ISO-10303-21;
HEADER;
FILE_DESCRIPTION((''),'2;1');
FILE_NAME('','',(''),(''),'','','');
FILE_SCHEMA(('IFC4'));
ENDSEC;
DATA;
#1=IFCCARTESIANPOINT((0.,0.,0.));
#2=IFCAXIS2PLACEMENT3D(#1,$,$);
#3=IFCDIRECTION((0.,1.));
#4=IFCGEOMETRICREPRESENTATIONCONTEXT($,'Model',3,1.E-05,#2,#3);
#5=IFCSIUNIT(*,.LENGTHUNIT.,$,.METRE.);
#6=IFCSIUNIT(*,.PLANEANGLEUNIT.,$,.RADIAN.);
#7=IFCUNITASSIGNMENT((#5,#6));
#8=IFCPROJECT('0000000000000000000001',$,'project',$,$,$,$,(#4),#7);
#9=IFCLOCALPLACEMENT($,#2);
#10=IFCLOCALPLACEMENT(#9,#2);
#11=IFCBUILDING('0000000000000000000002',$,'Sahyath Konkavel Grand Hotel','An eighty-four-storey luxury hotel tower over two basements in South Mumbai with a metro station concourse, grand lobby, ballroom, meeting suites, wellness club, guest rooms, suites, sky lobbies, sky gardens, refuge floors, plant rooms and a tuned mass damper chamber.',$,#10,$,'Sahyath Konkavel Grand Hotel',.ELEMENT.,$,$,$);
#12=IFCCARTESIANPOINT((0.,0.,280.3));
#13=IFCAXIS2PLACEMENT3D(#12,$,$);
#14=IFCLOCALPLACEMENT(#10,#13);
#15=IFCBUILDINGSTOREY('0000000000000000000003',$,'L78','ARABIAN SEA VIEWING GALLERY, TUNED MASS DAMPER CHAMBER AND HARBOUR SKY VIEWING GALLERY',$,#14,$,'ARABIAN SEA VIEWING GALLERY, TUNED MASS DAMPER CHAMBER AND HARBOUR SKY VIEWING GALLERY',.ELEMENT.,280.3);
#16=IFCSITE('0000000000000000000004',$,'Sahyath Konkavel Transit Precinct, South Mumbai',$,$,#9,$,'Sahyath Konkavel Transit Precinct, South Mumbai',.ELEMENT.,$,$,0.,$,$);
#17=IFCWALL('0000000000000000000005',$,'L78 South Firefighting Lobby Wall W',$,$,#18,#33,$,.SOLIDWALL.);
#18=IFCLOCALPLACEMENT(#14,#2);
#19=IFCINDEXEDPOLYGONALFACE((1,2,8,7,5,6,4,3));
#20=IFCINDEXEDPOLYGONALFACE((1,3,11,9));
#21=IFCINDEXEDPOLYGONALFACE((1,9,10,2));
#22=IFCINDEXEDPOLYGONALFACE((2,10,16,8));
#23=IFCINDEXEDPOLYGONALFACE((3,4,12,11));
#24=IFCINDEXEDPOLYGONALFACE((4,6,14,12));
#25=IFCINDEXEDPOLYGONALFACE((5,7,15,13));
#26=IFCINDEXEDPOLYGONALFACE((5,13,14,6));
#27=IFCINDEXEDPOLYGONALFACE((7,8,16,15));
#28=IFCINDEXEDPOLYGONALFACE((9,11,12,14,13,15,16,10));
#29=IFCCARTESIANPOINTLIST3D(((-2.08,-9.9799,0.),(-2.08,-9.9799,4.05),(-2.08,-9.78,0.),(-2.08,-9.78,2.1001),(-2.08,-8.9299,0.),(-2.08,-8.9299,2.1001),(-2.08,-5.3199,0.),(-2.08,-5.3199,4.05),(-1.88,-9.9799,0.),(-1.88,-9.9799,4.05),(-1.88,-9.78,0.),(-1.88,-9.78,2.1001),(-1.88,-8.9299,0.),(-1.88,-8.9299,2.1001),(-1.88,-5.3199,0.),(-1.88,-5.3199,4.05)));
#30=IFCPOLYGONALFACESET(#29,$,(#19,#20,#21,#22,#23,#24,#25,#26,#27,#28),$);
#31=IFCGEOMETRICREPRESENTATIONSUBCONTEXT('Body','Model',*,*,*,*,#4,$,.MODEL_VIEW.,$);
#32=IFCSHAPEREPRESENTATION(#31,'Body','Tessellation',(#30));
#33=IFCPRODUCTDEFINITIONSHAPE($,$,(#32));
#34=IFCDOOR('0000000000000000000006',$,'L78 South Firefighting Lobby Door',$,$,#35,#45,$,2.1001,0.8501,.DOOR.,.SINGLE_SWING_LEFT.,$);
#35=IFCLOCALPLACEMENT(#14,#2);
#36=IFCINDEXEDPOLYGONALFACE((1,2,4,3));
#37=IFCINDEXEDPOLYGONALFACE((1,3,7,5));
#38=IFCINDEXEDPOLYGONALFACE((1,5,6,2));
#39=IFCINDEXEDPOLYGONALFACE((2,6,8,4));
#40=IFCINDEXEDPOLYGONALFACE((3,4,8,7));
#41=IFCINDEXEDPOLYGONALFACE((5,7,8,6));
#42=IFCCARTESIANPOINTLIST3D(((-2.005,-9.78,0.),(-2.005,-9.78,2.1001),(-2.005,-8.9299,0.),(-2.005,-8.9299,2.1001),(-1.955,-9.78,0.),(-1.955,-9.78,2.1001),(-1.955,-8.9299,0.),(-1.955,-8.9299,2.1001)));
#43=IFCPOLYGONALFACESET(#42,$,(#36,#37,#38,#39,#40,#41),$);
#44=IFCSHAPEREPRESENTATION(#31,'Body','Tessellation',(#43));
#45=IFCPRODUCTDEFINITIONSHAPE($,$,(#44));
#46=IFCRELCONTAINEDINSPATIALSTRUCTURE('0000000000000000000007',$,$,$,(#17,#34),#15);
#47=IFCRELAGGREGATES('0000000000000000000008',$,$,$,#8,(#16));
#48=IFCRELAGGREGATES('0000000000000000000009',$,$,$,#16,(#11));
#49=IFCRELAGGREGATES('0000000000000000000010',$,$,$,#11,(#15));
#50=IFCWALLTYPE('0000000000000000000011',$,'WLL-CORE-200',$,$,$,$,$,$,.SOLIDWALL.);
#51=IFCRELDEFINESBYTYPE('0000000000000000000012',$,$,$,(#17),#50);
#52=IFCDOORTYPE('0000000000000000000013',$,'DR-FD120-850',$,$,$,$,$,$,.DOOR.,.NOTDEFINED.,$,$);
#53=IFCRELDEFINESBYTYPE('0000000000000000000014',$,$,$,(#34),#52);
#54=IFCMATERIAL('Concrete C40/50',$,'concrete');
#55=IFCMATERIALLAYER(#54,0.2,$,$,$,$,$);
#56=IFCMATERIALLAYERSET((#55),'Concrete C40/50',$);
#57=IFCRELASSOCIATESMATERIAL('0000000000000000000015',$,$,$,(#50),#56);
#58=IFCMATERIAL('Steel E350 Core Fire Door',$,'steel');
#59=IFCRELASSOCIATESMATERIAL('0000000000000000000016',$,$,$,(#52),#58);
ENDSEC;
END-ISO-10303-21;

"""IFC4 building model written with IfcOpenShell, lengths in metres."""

from ifc_helpers import new_model, si_unit, direction, frame, frame_2d, origin, origin_2d, place, context, subcontext, project, spatial, rectangle, extrude, source, transform, mapped, material, layer, layer_set, type_object, element, fill, save


model = new_model("IFC4")

# Units and contexts
model_context = context("Model", 3, precision=1e-05, world=origin(), true_north=direction((0.0, 1.0)))
body_context = subcontext(model_context, "Body", "Model", "MODEL_VIEW")
ifc_project = project(units=[si_unit("LENGTHUNIT", "METRE"), si_unit("PLANEANGLEUNIT", "RADIAN")], contexts=[model_context])

# Site, building, storey
site_placement = place(None, origin())
site = spatial("IfcSite", under=ifc_project, at=site_placement, Name="Sahyath Konkavel Transit Precinct, South Mumbai", LongName="Sahyath Konkavel Transit Precinct, South Mumbai", CompositionType="ELEMENT", RefElevation=0.0)
building_placement = place(site_placement, origin())
building = spatial("IfcBuilding", under=site, at=building_placement, Name="Sahyath Konkavel Grand Hotel", Description="An eighty-four-storey luxury hotel tower over two basements in South Mumbai with a metro station concourse, grand lobby, ballroom, meeting suites, wellness club, guest rooms, suites, sky lobbies, sky gardens, refuge floors, plant rooms and a tuned mass damper chamber.", LongName="Sahyath Konkavel Grand Hotel", CompositionType="ELEMENT")
storey_placement = place(building_placement, frame((0.0, 0.0, 280.3)))
storey = spatial("IfcBuildingStorey", under=building, at=storey_placement, Name="L78", Description="ARABIAN SEA VIEWING GALLERY, TUNED MASS DAMPER CHAMBER AND HARBOUR SKY VIEWING GALLERY", LongName="ARABIAN SEA VIEWING GALLERY, TUNED MASS DAMPER CHAMBER AND HARBOUR SKY VIEWING GALLERY", CompositionType="ELEMENT", Elevation=280.3)

# Shared definitions
ifc_material_1 = material(Name="Concrete C40/50", Category="concrete")

# Wall, opening, door
ifc_layer_1 = layer(ifc_material_1, 0.2)
ifc_layer_set_1 = layer_set([ifc_layer_1], Name="Concrete C40/50")
wall_type_1 = type_object("IfcWallType", Name="WLL-CORE-200", PredefinedType="SOLIDWALL", material=ifc_layer_set_1)
wall_1_placement = place(storey_placement, frame((-1.98, -9.98, 0.0), z_axis=(0.0, 0.0, 1.0), x_axis=(0.0, 1.0, 0.0)))
wall_1 = element("IfcWall", 1, at=wall_1_placement, inside=storey, type_object=wall_type_1, Name="L78 South Firefighting Lobby Wall W", PredefinedType="SOLIDWALL", context=body_context, shape_type="SweptSolid", body=[
    extrude(rectangle(XDim=4.6599, YDim=0.2, at=frame_2d((2.3301, 0.0))), origin(), (0.0, 0.0, 1.0), 4.05),
])
opening_1_placement = place(wall_1_placement, frame((0.2, 0.0, 0.0)))
opening_1 = element("IfcOpeningElement", 2, at=opening_1_placement, cuts=wall_1, PredefinedType="OPENING", context=body_context, shape_type="SweptSolid", body=[
    extrude(rectangle(XDim=0.8501, YDim=2.1001, at=frame_2d((0.425, 1.05))), frame((0.0, 0.1099, 0.0), z_axis=(0.0, -1.0, 0.0), x_axis=(1.0, 0.0, 0.0)), (0.0, 0.0, 1.0), 0.22),
])
ifc_material_2 = material(Name="Steel E350 Core Fire Door", Category="steel")
door_type_1 = type_object("IfcDoorType", Name="DR-FD120-850", OperationType="NOTDEFINED", PredefinedType="DOOR", material=ifc_material_2)
shared_shape_1 = source(origin(), body_context, "Body", "SweptSolid", [
    extrude(rectangle(XDim=0.8501, YDim=0.05, at=origin_2d()), origin(), (0.0, 0.0, 1.0), 2.1001),
])
door_1_placement = place(opening_1_placement, frame((0.425, 0.0, 0.0)))
door_1 = element("IfcDoor", 3, at=door_1_placement, inside=storey, type_object=door_type_1, Name="L78 South Firefighting Lobby Door", OperationType="SINGLE_SWING_LEFT", OverallHeight=2.1001, OverallWidth=0.8501, PredefinedType="DOOR", context=body_context, shape_type="MappedRepresentation", body=[
    mapped(shared_shape_1, transform((0.0, 0.0, 0.0), scale=1.0)),
])
fill(opening_1, door_1)

save(model, "model.ifc")
